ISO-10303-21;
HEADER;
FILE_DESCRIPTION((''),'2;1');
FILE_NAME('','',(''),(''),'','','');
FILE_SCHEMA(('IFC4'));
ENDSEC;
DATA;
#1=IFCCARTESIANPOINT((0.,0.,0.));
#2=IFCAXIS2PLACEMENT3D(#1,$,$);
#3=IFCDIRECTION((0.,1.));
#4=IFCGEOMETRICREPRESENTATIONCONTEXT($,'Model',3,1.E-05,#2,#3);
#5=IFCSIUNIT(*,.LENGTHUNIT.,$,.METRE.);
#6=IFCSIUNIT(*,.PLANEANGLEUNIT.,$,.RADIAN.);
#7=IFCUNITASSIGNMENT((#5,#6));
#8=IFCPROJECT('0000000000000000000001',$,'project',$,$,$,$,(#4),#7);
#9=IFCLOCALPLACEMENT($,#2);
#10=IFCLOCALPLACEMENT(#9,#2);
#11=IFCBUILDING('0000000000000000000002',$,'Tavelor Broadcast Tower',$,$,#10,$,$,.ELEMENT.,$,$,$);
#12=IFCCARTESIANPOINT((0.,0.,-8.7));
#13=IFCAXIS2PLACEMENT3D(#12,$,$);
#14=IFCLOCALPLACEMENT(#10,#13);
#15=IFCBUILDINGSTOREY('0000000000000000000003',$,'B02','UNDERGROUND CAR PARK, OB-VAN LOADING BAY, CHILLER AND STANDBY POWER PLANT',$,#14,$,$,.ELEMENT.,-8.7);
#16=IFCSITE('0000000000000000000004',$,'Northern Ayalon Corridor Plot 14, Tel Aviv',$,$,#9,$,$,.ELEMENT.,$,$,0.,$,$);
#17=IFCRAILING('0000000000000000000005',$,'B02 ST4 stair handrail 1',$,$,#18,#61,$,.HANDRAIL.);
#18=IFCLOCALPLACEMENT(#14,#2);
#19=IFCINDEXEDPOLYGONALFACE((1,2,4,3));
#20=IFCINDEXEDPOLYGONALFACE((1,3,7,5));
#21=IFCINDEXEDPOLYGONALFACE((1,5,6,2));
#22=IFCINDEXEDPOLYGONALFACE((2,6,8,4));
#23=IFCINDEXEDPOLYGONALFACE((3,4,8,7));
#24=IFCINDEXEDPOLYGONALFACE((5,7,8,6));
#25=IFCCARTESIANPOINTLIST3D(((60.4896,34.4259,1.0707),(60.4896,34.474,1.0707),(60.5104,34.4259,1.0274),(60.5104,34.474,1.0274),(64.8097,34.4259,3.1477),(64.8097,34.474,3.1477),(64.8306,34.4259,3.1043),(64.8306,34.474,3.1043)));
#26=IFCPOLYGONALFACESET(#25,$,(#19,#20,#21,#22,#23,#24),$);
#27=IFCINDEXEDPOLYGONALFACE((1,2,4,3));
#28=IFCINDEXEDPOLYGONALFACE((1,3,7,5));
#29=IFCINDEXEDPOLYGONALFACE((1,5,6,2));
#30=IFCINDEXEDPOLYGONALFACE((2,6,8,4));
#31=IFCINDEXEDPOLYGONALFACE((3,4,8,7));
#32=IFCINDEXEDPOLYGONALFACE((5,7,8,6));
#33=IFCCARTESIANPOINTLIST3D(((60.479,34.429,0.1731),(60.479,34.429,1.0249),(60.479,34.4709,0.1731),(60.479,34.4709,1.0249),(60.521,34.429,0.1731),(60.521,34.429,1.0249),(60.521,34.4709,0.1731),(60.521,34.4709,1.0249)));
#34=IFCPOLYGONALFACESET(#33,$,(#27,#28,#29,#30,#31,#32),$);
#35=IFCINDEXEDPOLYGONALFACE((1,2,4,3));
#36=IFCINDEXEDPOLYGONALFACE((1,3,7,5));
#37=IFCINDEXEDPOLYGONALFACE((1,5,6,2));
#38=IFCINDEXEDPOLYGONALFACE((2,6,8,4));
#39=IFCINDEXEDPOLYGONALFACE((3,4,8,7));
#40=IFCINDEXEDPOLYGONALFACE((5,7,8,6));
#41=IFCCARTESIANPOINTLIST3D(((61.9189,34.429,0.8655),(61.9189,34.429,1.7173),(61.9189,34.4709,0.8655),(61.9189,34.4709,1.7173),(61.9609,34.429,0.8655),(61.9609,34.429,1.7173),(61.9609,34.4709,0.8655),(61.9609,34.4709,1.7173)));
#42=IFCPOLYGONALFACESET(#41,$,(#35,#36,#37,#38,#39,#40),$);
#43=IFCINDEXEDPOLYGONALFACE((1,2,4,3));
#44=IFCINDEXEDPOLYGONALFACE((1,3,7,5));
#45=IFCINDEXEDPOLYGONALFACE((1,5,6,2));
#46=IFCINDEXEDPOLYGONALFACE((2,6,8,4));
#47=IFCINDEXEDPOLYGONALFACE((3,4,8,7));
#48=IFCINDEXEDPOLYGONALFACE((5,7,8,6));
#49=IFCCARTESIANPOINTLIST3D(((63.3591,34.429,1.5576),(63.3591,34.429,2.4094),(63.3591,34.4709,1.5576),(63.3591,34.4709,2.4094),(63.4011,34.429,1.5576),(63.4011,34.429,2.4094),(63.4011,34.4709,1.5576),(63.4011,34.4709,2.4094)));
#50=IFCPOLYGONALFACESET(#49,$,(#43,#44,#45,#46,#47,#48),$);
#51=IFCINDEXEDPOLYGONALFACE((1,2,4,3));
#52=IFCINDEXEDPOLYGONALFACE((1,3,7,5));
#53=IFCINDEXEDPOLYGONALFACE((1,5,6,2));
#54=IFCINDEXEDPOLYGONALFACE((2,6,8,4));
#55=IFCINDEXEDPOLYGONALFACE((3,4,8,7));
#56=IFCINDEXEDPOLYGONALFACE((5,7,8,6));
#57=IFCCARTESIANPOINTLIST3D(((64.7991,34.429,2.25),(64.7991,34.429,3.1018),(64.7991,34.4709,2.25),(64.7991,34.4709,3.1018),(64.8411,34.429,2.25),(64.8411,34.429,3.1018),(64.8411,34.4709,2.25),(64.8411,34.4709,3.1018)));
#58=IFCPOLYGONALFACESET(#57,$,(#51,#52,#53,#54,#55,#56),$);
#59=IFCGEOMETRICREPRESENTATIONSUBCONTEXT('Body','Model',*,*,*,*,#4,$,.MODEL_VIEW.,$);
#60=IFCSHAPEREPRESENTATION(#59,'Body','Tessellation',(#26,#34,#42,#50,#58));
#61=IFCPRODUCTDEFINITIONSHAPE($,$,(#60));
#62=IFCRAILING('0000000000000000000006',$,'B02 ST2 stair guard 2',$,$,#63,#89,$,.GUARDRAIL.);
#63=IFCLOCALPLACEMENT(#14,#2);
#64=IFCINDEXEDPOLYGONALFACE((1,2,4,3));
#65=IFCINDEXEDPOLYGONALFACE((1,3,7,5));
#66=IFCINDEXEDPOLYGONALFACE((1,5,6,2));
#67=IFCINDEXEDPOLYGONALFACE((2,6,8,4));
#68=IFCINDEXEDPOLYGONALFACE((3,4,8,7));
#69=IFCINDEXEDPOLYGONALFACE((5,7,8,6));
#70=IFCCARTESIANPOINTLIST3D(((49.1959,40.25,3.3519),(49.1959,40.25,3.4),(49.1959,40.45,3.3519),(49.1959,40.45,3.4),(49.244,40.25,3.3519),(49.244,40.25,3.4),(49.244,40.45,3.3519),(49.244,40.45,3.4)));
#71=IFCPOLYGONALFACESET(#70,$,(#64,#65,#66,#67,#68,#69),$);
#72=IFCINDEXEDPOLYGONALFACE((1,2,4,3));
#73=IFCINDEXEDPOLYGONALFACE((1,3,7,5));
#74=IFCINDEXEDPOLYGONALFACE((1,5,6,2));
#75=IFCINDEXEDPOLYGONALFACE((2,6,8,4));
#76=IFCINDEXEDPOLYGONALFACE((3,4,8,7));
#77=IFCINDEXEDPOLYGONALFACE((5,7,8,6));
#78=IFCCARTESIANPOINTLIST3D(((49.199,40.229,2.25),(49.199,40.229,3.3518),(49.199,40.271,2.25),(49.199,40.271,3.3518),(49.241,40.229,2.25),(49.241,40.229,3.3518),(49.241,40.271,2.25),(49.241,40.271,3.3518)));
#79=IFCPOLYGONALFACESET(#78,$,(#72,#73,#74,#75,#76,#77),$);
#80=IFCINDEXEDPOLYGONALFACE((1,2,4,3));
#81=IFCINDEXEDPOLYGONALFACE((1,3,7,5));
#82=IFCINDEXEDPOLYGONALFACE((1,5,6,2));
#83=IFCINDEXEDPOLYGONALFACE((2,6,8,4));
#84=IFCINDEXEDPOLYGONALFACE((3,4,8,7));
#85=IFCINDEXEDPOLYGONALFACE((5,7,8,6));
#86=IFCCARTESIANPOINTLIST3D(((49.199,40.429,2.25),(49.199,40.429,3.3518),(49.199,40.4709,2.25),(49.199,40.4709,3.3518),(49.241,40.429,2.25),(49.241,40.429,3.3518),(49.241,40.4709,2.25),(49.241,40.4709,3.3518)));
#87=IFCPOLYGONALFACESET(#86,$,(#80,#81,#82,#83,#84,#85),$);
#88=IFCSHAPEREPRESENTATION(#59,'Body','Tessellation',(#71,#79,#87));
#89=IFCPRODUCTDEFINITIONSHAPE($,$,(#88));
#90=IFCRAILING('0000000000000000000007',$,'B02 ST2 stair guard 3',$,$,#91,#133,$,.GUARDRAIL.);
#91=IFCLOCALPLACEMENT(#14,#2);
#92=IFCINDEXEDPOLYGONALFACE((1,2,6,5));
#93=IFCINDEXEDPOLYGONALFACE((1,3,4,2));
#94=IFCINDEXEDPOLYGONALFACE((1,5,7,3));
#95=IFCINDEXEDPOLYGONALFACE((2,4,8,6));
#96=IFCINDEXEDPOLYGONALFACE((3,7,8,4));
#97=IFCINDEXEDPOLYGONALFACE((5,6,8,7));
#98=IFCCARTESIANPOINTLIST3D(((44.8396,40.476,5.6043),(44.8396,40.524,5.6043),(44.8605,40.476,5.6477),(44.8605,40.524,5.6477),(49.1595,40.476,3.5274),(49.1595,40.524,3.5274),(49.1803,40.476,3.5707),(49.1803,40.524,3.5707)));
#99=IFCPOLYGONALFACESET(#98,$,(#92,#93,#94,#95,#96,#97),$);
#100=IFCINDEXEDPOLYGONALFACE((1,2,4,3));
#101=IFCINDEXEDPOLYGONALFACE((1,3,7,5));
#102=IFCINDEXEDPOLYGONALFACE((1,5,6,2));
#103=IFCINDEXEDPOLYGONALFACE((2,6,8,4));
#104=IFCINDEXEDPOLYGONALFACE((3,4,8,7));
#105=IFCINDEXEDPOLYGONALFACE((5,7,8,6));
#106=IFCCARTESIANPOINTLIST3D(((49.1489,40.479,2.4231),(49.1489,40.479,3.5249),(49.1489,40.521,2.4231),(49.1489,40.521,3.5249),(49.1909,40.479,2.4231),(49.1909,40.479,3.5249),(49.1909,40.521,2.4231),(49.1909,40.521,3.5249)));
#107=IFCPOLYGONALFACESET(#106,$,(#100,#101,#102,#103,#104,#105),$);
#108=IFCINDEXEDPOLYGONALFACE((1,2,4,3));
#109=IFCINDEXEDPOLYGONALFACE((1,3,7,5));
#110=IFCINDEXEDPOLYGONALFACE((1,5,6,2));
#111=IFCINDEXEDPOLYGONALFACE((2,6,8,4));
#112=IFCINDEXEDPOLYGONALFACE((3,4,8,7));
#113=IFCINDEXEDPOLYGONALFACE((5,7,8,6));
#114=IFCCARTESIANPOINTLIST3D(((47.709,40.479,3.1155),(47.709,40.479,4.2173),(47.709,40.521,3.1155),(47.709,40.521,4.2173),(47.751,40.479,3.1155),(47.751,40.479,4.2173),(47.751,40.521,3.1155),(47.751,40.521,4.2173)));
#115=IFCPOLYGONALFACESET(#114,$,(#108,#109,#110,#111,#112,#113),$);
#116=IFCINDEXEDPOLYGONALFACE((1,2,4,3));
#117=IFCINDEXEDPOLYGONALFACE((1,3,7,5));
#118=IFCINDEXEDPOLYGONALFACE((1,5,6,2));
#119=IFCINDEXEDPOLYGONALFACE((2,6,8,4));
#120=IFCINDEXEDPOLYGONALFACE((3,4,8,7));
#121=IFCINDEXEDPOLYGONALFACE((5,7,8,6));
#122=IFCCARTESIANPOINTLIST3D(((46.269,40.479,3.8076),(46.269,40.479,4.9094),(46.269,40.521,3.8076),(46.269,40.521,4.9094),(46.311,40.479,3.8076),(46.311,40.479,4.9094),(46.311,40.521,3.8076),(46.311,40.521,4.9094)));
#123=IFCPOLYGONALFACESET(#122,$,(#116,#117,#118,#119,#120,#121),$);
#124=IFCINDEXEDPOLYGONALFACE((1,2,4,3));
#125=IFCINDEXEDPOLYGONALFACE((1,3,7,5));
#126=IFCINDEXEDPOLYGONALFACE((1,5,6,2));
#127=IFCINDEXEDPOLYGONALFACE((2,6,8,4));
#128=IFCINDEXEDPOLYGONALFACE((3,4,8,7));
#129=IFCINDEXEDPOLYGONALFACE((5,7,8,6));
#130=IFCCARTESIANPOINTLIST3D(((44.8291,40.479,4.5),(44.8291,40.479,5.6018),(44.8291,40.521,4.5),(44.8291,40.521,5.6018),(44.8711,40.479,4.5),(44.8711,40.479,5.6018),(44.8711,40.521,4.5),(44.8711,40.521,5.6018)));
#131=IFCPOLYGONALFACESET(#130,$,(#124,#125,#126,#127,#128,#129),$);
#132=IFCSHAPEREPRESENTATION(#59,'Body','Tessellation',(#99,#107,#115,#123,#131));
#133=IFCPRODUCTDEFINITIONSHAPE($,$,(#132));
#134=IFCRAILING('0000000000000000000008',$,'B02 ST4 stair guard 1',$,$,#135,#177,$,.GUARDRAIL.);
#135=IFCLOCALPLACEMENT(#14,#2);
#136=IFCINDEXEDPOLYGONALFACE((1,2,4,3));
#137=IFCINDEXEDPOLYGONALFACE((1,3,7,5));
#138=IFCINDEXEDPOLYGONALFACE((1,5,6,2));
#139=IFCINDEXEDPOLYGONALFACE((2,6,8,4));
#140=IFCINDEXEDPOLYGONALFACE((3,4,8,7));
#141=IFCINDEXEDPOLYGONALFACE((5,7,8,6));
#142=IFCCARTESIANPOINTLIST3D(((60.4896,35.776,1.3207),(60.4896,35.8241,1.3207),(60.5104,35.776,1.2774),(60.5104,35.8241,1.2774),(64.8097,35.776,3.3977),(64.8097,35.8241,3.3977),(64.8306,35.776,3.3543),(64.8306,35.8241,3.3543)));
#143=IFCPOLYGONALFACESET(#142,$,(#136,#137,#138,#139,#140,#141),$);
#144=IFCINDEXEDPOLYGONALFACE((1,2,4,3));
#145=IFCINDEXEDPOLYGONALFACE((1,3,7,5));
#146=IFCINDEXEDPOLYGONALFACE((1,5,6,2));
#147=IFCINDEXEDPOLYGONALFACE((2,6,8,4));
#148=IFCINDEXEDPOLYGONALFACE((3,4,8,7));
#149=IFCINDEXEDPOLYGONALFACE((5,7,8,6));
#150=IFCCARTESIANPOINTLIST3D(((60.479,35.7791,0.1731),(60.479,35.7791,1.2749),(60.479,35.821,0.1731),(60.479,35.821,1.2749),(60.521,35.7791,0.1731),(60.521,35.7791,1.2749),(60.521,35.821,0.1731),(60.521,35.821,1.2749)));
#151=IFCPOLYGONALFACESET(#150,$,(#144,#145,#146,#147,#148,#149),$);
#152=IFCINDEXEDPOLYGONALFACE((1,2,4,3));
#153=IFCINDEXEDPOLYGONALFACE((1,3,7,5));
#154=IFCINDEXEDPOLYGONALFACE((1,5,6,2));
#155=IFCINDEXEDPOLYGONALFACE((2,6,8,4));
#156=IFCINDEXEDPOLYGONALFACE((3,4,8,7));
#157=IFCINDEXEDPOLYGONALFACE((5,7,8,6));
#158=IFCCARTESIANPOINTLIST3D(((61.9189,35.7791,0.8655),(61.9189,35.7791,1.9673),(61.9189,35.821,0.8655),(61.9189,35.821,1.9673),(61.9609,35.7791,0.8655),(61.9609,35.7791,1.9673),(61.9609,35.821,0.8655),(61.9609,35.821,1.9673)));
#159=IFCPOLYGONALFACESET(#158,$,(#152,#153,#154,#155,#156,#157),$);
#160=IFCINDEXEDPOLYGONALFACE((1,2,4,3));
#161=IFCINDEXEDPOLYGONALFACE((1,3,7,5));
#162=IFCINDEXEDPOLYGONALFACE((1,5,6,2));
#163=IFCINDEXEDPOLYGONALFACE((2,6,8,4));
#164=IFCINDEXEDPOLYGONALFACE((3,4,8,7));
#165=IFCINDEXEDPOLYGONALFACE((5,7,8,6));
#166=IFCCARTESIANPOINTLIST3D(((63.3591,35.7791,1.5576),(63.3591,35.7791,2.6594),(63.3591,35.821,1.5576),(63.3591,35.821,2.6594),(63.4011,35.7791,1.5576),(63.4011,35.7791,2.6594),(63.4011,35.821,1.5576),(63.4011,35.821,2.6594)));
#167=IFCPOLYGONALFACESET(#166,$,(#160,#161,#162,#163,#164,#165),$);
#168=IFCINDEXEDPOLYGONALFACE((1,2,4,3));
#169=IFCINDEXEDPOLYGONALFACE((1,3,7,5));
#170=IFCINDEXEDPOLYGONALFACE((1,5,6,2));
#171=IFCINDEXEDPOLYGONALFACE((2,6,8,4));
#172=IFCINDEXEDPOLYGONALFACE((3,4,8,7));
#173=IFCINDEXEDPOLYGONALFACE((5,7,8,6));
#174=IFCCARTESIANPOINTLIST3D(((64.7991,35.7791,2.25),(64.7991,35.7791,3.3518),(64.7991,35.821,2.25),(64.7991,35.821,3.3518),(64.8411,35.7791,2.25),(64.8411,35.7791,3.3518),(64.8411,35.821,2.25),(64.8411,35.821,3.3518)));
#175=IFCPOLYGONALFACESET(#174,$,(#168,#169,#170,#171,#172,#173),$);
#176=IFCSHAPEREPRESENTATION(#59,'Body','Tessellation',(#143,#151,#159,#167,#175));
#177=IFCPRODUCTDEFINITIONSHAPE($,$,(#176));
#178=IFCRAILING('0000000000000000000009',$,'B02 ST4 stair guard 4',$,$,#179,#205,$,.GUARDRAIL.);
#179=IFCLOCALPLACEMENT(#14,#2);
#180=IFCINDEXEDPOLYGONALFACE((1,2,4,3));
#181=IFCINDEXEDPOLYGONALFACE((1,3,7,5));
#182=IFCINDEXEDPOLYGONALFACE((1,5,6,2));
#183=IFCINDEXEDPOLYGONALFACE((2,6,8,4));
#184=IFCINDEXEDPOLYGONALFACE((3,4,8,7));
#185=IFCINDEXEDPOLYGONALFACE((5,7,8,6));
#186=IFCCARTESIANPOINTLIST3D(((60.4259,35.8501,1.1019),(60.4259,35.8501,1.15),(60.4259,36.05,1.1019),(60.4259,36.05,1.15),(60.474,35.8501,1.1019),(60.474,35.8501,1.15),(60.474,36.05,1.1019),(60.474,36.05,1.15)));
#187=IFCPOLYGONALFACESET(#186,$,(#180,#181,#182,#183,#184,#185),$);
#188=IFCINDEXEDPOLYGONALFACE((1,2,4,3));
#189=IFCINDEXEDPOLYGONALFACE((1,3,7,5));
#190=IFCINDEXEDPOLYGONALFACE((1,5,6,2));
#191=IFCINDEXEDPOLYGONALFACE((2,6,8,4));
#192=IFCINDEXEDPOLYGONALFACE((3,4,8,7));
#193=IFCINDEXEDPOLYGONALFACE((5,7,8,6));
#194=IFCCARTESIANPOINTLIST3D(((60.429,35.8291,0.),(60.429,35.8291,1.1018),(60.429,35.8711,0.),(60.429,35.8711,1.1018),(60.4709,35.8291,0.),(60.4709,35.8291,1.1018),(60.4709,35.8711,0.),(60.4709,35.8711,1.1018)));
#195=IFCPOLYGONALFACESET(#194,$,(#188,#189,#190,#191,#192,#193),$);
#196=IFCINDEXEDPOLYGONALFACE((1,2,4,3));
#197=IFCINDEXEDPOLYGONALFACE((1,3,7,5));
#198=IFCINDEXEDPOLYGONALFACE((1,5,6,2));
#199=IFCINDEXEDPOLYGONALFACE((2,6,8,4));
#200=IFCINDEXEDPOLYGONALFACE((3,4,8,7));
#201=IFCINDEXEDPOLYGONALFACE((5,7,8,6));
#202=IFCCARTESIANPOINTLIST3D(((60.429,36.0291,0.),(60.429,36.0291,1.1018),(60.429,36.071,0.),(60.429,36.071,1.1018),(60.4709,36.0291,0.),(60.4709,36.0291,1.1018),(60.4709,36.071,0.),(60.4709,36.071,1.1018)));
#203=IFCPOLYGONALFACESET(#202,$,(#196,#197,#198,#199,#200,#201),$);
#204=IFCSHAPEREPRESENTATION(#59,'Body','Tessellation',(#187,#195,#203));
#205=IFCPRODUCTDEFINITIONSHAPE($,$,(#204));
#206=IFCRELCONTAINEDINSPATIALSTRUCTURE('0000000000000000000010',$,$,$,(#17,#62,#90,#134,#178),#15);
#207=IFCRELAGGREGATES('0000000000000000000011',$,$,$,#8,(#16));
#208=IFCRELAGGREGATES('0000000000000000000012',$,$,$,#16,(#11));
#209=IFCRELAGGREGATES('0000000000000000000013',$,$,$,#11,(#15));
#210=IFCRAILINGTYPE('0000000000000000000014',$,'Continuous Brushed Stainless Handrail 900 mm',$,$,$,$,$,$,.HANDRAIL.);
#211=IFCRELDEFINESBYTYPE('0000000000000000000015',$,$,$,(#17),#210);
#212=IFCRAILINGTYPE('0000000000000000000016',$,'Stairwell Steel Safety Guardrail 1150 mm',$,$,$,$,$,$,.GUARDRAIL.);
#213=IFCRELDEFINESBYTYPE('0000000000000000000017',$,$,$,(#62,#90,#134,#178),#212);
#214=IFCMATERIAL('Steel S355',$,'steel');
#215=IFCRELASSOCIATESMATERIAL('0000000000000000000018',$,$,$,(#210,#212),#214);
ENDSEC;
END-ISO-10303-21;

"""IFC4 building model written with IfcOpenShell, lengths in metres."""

from ifc_helpers import new_model, si_unit, direction, frame, origin, origin_2d, place, context, subcontext, project, spatial, rectangle, extrude, material, type_object, element, save


model = new_model("IFC4")

# Units and contexts
model_context = context("Model", 3, precision=1e-05, world=origin(), true_north=direction((0.0, 1.0)))
body_context = subcontext(model_context, "Body", "Model", "MODEL_VIEW")
ifc_project = project(units=[si_unit("LENGTHUNIT", "METRE"), si_unit("PLANEANGLEUNIT", "RADIAN")], contexts=[model_context])

# Site, building, storey
site_placement = place(None, origin())
site = spatial("IfcSite", under=ifc_project, at=site_placement, Name="Northern Ayalon Corridor Plot 14, Tel Aviv", CompositionType="ELEMENT", RefElevation=0.0)
building_placement = place(site_placement, origin())
building = spatial("IfcBuilding", under=site, at=building_placement, Name="Tavelor Broadcast Tower", CompositionType="ELEMENT")
storey_placement = place(building_placement, frame((0.0, 0.0, -8.7)))
storey = spatial("IfcBuildingStorey", under=building, at=storey_placement, Name="B02", Description="UNDERGROUND CAR PARK, OB-VAN LOADING BAY, CHILLER AND STANDBY POWER PLANT", CompositionType="ELEMENT", Elevation=-8.7)

# Shared definitions
ifc_material_1 = material(Name="Steel S355", Category="steel")

# Railings
railing_type_1 = type_object("IfcRailingType", Name="Continuous Brushed Stainless Handrail 900 mm", PredefinedType="HANDRAIL", material=ifc_material_1)
railing_1_placement = place(storey_placement, frame((60.5, 34.45, 0.1731)))
element("IfcRailing", 1, at=railing_1_placement, inside=storey, type_object=railing_type_1, Name="B02 ST4 stair handrail 1", PredefinedType="HANDRAIL", context=body_context, shape_type="SweptSolid", body=[
    extrude(rectangle(XDim=0.0481, YDim=0.0481, at=origin_2d()), frame((0.0, 0.0, 0.876), z_axis=(0.901257, 0.0, 0.433286), x_axis=(0.0, 1.0, 0.0)), (0.0, 0.0, 1.0), 4.7935),
    extrude(rectangle(XDim=0.042, YDim=0.042, at=origin_2d()), origin(), (0.0, 0.0, 1.0), 0.8518),
    extrude(rectangle(XDim=0.042, YDim=0.042, at=origin_2d()), frame((1.4399, 0.0, 0.6924)), (0.0, 0.0, 1.0), 0.8518),
    extrude(rectangle(XDim=0.042, YDim=0.042, at=origin_2d()), frame((2.8801, 0.0, 1.3845)), (0.0, 0.0, 1.0), 0.8518),
    extrude(rectangle(XDim=0.042, YDim=0.042, at=origin_2d()), frame((4.3201, 0.0, 2.0769)), (0.0, 0.0, 1.0), 0.8518),
])
railing_type_2 = type_object("IfcRailingType", Name="Stairwell Steel Safety Guardrail 1150 mm", PredefinedType="GUARDRAIL", material=ifc_material_1)
railing_2_placement = place(storey_placement, frame((49.22, 40.25, 2.25)))
element("IfcRailing", 2, at=railing_2_placement, inside=storey, type_object=railing_type_2, Name="B02 ST2 stair guard 2", PredefinedType="GUARDRAIL", context=body_context, shape_type="SweptSolid", body=[
    extrude(rectangle(XDim=0.0481, YDim=0.0481, at=origin_2d()), frame((0.0, 0.0, 1.126), z_axis=(0.0, 1.0, 0.0), x_axis=(-1.0, 0.0, 0.0)), (0.0, 0.0, 1.0), 0.2),
    extrude(rectangle(XDim=0.042, YDim=0.042, at=origin_2d()), origin(), (0.0, 0.0, 1.0), 1.1018),
    extrude(rectangle(XDim=0.042, YDim=0.042, at=origin_2d()), frame((0.0, 0.2, 0.0)), (0.0, 0.0, 1.0), 1.1018),
])
railing_3_placement = place(storey_placement, frame((49.1699, 40.5, 2.4231)))
element("IfcRailing", 3, at=railing_3_placement, inside=storey, type_object=railing_type_2, Name="B02 ST2 stair guard 3", PredefinedType="GUARDRAIL", context=body_context, shape_type="SweptSolid", body=[
    extrude(rectangle(XDim=0.0481, YDim=0.0481, at=origin_2d()), frame((0.0, 0.0, 1.126), z_axis=(-0.901247, 0.0, 0.433306), x_axis=(0.0, -1.0, 0.0)), (0.0, 0.0, 1.0), 4.7932),
    extrude(rectangle(XDim=0.042, YDim=0.042, at=origin_2d()), origin(), (0.0, 0.0, 1.0), 1.1018),
    extrude(rectangle(XDim=0.042, YDim=0.042, at=origin_2d()), frame((-1.4399, 0.0, 0.6924)), (0.0, 0.0, 1.0), 1.1018),
    extrude(rectangle(XDim=0.042, YDim=0.042, at=origin_2d()), frame((-2.8799, 0.0, 1.3845)), (0.0, 0.0, 1.0), 1.1018),
    extrude(rectangle(XDim=0.042, YDim=0.042, at=origin_2d()), frame((-4.3198, 0.0, 2.0769)), (0.0, 0.0, 1.0), 1.1018),
])
railing_4_placement = place(storey_placement, frame((60.5, 35.8, 0.1731)))
element("IfcRailing", 4, at=railing_4_placement, inside=storey, type_object=railing_type_2, Name="B02 ST4 stair guard 1", PredefinedType="GUARDRAIL", context=body_context, shape_type="SweptSolid", body=[
    extrude(rectangle(XDim=0.0481, YDim=0.0481, at=origin_2d()), frame((0.0, 0.0, 1.126), z_axis=(0.901257, 0.0, 0.433286), x_axis=(0.0, 1.0, 0.0)), (0.0, 0.0, 1.0), 4.7935),
    extrude(rectangle(XDim=0.042, YDim=0.042, at=origin_2d()), origin(), (0.0, 0.0, 1.0), 1.1018),
    extrude(rectangle(XDim=0.042, YDim=0.042, at=origin_2d()), frame((1.4399, 0.0, 0.6924)), (0.0, 0.0, 1.0), 1.1018),
    extrude(rectangle(XDim=0.042, YDim=0.042, at=origin_2d()), frame((2.8801, 0.0, 1.3845)), (0.0, 0.0, 1.0), 1.1018),
    extrude(rectangle(XDim=0.042, YDim=0.042, at=origin_2d()), frame((4.3201, 0.0, 2.0769)), (0.0, 0.0, 1.0), 1.1018),
])
railing_5_placement = place(storey_placement, frame((60.45, 35.8501, 0.0)))
element("IfcRailing", 5, at=railing_5_placement, inside=storey, type_object=railing_type_2, Name="B02 ST4 stair guard 4", PredefinedType="GUARDRAIL", context=body_context, shape_type="SweptSolid", body=[
    extrude(rectangle(XDim=0.0481, YDim=0.0481, at=origin_2d()), frame((0.0, 0.0, 1.126), z_axis=(0.0, 1.0, 0.0), x_axis=(-1.0, 0.0, 0.0)), (0.0, 0.0, 1.0), 0.2),
    extrude(rectangle(XDim=0.042, YDim=0.042, at=origin_2d()), origin(), (0.0, 0.0, 1.0), 1.1018),
    extrude(rectangle(XDim=0.042, YDim=0.042, at=origin_2d()), frame((0.0, 0.2, 0.0)), (0.0, 0.0, 1.0), 1.1018),
])

save(model, "model.ifc")
